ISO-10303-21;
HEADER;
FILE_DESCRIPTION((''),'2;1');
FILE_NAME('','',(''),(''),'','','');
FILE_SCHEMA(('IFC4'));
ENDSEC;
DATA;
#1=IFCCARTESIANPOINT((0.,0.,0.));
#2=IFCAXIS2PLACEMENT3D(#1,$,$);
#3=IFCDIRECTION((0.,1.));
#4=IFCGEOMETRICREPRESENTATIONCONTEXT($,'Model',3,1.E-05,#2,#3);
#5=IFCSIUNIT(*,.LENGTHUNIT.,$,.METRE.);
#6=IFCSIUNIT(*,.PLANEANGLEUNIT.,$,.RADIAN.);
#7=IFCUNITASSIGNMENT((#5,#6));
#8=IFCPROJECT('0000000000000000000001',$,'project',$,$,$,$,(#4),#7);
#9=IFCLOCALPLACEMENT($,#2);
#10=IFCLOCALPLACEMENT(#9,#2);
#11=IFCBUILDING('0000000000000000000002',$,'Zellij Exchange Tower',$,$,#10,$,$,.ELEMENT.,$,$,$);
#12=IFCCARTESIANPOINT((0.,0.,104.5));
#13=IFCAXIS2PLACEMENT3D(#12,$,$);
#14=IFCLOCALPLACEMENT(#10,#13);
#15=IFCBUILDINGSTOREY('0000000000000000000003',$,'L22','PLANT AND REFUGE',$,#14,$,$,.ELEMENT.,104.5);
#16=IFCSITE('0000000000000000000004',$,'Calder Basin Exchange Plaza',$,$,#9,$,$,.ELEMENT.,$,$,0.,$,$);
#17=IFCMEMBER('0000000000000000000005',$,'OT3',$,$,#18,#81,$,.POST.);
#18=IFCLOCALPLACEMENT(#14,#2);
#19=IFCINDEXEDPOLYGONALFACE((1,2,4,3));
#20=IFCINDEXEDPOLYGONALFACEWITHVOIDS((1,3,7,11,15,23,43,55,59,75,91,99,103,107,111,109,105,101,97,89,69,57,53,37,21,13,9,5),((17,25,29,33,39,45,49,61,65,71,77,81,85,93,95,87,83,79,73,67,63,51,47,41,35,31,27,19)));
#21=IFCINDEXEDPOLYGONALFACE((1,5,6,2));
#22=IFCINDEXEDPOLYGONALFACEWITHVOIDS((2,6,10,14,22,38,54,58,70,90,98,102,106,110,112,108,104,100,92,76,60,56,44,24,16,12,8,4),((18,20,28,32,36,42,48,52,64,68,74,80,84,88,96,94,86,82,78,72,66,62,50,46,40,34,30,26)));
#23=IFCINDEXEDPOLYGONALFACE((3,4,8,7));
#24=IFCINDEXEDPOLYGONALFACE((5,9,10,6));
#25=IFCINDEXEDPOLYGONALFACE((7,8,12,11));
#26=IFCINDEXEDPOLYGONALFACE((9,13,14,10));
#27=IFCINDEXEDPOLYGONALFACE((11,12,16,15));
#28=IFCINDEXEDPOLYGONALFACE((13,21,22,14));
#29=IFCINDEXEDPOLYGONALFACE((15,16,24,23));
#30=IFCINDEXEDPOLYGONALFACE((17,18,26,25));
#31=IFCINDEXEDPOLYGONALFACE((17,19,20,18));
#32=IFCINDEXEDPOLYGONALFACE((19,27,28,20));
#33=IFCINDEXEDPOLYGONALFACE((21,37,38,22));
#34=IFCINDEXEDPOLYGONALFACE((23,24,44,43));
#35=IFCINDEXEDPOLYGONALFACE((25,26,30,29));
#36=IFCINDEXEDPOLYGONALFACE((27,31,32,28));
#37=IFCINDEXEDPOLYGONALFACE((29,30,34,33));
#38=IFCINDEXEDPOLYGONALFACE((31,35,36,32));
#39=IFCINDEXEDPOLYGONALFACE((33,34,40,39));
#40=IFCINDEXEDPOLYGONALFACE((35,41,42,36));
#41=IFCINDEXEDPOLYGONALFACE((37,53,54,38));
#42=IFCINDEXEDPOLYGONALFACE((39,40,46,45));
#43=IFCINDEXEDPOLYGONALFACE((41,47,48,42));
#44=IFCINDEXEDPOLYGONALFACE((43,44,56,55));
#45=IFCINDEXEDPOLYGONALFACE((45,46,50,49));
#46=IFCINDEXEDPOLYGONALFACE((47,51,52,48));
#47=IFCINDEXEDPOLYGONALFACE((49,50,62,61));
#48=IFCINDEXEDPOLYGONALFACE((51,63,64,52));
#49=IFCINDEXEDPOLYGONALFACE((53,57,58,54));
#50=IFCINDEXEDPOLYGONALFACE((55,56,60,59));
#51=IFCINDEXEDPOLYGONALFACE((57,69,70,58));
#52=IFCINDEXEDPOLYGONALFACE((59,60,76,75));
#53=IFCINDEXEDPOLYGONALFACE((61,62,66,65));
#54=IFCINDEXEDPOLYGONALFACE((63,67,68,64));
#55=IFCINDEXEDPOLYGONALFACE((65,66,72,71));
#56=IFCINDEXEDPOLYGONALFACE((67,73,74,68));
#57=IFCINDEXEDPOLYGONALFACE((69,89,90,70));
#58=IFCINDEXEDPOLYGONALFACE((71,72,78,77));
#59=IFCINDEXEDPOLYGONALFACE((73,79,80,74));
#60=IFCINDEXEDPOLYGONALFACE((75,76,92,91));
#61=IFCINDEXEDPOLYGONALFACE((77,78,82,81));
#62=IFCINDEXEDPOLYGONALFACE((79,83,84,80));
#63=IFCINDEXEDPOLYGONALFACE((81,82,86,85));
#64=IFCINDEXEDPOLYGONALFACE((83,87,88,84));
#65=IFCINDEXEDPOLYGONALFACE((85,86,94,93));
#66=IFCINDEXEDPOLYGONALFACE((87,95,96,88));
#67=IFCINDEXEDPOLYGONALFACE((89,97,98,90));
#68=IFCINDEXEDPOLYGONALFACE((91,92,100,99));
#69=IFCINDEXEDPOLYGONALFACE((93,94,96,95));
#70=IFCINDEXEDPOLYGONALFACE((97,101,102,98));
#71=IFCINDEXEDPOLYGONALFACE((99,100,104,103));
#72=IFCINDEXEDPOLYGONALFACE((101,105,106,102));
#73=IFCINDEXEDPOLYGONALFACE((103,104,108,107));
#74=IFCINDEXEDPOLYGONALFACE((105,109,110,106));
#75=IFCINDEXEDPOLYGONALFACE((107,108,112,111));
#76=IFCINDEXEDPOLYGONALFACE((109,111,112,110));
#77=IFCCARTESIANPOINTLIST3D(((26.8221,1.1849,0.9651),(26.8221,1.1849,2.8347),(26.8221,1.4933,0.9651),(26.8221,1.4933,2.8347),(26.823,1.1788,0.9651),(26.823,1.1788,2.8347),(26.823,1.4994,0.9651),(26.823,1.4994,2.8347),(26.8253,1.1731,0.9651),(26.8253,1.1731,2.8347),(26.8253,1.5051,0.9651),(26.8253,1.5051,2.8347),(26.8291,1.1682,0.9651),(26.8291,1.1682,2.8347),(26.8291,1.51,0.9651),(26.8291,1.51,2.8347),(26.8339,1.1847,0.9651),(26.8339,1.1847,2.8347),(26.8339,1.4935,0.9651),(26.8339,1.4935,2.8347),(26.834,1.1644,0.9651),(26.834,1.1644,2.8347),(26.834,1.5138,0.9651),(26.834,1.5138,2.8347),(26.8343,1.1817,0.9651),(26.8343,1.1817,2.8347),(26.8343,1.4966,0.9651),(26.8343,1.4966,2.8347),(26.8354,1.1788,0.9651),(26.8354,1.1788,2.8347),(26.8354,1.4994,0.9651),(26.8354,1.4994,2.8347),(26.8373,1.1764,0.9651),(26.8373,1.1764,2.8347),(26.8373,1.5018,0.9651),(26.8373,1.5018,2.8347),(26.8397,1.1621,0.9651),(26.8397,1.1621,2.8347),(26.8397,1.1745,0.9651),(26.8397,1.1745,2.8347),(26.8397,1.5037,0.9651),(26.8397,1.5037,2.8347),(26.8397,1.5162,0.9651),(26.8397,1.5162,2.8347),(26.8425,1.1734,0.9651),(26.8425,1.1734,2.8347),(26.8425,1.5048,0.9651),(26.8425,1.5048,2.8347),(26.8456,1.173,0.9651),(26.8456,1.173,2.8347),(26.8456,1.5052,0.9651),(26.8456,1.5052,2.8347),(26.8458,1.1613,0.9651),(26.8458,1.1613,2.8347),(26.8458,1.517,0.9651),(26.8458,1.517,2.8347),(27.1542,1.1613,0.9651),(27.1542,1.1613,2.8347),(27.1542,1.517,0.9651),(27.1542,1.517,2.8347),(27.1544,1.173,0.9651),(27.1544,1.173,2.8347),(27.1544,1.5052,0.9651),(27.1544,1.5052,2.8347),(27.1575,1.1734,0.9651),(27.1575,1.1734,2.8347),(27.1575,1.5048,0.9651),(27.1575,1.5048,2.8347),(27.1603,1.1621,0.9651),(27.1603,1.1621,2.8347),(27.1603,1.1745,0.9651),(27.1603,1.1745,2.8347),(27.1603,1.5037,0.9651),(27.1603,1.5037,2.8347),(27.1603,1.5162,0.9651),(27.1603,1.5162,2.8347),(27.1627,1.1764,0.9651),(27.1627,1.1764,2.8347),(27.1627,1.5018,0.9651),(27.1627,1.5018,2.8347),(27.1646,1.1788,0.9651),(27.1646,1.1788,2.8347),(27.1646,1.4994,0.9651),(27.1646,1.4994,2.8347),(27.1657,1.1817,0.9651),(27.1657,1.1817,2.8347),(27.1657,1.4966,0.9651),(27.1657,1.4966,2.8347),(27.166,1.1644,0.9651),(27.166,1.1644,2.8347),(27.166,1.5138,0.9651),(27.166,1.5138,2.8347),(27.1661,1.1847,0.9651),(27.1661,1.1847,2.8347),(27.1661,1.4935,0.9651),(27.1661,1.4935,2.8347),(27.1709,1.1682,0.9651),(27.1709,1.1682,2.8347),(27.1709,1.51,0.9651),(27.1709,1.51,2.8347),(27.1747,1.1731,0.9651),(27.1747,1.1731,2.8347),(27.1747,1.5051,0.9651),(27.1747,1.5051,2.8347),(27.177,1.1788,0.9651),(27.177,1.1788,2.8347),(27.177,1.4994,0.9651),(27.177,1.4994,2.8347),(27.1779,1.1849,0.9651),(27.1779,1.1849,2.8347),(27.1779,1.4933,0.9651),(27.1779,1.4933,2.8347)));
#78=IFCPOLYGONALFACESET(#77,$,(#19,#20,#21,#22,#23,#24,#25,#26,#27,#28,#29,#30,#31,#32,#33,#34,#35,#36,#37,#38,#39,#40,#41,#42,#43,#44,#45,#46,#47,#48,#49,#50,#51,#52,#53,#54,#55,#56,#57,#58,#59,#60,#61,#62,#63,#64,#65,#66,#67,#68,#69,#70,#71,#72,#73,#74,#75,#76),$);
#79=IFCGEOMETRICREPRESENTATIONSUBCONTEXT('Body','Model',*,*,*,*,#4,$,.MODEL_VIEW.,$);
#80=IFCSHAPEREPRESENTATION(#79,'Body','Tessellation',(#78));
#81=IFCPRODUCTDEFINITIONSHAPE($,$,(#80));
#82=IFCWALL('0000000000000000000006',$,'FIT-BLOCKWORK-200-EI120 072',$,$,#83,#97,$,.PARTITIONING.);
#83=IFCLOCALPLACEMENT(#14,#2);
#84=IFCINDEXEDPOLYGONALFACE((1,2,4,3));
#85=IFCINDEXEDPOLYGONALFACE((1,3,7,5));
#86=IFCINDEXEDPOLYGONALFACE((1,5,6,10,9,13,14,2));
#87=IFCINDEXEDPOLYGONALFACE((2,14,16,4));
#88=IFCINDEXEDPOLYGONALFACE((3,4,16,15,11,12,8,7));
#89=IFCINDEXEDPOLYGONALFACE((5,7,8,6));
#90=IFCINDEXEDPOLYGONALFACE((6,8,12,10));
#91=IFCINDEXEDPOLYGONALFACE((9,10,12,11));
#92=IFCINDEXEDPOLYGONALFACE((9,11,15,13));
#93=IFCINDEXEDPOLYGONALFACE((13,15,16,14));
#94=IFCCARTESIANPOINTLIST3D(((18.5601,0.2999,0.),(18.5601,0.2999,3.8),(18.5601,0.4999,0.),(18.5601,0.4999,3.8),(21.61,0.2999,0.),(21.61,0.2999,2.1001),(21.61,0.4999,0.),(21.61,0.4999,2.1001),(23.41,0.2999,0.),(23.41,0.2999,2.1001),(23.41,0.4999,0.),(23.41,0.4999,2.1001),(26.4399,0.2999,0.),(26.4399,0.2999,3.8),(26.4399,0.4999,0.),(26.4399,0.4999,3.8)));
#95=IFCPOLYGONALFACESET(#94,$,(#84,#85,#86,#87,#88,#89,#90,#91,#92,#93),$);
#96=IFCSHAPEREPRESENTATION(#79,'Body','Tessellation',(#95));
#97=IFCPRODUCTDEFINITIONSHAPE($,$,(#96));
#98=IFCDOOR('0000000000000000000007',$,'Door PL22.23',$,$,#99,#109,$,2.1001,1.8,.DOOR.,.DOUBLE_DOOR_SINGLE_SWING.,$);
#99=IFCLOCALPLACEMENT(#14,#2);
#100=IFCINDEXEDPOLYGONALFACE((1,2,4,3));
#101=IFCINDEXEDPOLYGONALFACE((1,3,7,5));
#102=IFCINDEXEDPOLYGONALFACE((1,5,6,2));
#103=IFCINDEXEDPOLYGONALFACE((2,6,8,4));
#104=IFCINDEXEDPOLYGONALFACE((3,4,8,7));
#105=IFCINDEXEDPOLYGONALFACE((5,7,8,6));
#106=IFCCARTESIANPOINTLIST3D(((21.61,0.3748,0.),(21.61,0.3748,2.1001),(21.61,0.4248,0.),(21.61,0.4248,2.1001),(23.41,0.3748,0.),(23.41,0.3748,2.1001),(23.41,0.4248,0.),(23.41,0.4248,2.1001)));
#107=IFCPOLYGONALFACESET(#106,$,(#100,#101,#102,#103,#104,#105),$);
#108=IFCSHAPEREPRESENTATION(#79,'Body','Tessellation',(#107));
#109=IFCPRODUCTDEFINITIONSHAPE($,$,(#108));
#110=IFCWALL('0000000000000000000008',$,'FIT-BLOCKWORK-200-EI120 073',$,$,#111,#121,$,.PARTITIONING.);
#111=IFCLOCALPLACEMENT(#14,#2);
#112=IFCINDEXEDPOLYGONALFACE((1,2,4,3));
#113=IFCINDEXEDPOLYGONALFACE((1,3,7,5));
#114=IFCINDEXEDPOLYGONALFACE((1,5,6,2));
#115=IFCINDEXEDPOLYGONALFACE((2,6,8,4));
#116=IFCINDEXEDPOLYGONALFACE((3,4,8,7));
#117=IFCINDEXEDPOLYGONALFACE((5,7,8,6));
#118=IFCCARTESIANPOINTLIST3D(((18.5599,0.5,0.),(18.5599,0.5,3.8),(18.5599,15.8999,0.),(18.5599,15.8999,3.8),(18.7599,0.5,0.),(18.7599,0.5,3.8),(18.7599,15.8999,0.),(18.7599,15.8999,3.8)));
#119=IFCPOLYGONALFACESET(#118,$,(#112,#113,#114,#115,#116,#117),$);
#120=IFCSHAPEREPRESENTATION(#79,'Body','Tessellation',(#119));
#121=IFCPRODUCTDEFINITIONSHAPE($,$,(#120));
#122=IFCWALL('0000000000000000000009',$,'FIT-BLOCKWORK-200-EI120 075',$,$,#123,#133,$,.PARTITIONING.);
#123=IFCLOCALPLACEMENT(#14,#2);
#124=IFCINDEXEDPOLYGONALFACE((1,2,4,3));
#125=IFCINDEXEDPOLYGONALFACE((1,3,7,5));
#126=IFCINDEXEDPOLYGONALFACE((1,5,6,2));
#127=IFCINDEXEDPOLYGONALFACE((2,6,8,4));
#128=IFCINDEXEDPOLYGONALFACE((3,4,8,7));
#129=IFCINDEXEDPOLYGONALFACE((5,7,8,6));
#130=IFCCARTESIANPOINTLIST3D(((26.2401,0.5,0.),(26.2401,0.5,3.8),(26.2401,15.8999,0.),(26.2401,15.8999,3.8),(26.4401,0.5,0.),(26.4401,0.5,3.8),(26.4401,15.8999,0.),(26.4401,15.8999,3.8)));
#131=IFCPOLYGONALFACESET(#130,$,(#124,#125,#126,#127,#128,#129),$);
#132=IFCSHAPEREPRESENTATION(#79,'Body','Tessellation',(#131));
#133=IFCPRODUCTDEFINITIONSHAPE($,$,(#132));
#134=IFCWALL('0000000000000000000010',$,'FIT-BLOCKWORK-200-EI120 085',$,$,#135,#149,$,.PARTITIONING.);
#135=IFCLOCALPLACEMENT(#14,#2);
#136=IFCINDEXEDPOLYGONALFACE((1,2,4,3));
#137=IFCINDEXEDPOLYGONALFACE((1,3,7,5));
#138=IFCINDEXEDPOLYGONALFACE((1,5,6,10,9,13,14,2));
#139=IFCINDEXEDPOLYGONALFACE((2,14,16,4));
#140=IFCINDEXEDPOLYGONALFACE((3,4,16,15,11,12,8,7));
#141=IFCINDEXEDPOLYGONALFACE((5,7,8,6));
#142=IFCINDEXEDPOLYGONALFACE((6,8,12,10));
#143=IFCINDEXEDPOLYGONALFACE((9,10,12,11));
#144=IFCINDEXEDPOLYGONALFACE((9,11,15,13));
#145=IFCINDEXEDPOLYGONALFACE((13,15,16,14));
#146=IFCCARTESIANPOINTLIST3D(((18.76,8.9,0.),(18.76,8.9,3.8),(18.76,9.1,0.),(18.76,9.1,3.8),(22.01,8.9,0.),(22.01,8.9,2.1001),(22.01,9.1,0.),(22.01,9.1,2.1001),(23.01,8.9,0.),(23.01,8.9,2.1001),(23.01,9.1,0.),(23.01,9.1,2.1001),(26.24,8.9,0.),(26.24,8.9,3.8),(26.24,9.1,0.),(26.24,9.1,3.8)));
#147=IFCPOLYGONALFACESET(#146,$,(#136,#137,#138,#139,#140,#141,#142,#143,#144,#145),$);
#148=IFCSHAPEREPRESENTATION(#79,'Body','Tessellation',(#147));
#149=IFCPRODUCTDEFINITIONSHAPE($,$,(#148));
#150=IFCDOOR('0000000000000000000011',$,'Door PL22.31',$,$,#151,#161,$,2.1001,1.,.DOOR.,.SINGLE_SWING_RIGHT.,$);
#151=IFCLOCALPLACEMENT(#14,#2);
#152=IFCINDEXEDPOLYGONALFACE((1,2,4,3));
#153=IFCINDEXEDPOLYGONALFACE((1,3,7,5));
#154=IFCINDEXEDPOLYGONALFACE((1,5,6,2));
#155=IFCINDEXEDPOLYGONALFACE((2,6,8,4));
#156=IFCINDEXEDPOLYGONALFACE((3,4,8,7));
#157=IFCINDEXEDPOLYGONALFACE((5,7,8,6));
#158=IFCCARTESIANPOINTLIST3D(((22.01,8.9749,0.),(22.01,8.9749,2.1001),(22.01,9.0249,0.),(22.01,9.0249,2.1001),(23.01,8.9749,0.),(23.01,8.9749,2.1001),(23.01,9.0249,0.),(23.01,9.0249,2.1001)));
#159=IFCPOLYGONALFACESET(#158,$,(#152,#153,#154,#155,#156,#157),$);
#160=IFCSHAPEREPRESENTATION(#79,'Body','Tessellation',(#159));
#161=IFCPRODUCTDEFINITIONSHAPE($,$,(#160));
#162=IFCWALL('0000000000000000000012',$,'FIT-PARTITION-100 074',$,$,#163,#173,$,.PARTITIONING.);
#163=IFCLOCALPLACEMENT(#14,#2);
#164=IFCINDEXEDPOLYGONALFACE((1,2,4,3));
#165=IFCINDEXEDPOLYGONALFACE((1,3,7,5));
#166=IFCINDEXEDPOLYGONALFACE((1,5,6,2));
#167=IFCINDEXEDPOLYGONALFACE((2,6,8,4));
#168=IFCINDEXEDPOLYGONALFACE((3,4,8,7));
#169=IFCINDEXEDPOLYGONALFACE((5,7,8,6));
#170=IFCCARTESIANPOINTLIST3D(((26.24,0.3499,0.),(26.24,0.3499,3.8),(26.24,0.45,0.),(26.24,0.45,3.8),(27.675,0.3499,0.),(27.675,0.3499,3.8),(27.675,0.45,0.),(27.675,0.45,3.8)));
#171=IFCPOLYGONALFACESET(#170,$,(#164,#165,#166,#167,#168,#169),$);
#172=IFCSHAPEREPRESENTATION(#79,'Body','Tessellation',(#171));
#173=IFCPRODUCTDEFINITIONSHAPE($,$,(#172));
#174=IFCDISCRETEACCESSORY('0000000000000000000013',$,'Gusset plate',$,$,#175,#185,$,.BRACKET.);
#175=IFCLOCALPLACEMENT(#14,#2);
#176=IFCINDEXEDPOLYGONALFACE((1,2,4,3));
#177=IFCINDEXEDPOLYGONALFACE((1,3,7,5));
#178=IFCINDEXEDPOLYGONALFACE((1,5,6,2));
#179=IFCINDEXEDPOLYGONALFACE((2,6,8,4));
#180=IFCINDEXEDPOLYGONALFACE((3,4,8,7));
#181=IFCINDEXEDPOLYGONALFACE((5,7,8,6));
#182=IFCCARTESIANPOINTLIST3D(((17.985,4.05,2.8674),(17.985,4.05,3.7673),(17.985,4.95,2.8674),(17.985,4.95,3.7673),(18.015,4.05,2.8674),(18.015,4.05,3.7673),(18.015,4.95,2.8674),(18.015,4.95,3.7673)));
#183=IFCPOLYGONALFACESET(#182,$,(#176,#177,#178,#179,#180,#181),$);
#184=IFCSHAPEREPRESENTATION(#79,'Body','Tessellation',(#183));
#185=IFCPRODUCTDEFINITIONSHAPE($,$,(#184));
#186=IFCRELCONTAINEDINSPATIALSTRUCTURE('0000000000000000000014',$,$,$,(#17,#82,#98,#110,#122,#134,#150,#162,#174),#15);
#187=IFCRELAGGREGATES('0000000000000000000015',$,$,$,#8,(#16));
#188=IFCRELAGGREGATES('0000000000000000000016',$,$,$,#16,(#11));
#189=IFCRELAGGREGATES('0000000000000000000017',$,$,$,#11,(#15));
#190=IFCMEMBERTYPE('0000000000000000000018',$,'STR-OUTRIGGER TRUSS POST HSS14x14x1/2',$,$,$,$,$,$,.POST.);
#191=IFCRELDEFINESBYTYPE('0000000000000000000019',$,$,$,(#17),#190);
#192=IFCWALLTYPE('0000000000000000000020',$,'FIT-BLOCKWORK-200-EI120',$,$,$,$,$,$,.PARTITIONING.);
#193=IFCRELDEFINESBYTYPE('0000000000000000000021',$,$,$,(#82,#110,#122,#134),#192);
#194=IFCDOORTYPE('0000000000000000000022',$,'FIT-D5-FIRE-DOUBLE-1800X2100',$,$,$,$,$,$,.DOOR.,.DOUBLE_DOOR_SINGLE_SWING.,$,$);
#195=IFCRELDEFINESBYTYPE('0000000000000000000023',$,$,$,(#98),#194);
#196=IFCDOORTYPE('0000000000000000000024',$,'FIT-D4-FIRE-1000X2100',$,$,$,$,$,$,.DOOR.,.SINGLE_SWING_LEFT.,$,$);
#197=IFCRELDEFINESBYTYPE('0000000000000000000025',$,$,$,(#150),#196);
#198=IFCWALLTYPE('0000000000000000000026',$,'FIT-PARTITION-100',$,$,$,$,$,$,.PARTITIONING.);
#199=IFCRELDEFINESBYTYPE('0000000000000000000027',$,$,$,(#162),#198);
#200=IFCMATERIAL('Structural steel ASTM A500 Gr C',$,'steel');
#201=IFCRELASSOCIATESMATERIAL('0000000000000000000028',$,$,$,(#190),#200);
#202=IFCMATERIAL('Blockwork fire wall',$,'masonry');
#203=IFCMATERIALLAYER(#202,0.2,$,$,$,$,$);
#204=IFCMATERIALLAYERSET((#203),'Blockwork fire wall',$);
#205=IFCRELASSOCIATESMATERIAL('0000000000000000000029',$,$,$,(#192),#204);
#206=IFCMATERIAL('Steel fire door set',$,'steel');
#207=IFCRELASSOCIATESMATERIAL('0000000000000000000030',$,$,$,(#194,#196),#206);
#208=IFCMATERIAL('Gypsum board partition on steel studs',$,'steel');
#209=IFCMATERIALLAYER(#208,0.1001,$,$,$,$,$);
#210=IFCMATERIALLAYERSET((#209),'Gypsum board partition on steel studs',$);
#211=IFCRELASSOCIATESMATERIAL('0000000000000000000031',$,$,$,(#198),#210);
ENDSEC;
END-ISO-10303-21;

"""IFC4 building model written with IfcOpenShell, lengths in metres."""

from ifc_helpers import new_model, si_unit, direction, frame, frame_2d, origin, origin_2d, place, context, subcontext, project, spatial, rectangle, hollow_rectangle, extrude, material, layer, layer_set, material_profile, profile_set, type_object, element, fill, save


model = new_model("IFC4")

# Units and contexts
model_context = context("Model", 3, precision=1e-05, world=origin(), true_north=direction((0.0, 1.0)))
body_context = subcontext(model_context, "Body", "Model", "MODEL_VIEW")
ifc_project = project(units=[si_unit("LENGTHUNIT", "METRE"), si_unit("PLANEANGLEUNIT", "RADIAN")], contexts=[model_context])

# Site, building, storey
site_placement = place(None, origin())
site = spatial("IfcSite", under=ifc_project, at=site_placement, Name="Calder Basin Exchange Plaza", CompositionType="ELEMENT", RefElevation=0.0)
building_placement = place(site_placement, origin())
building = spatial("IfcBuilding", under=site, at=building_placement, Name="Zellij Exchange Tower", CompositionType="ELEMENT")
storey_placement = place(building_placement, frame((0.0, 0.0, 104.5)))
storey = spatial("IfcBuildingStorey", under=building, at=storey_placement, Name="L22", Description="PLANT AND REFUGE", CompositionType="ELEMENT", Elevation=104.5)

# Member
ifc_material_1 = material(Name="Structural steel ASTM A500 Gr C", Category="steel")
ifc_material_profile_1 = material_profile(ifc_material_1, hollow_rectangle(XDim=0.3557, YDim=0.3557, WallThickness=0.0117, InnerFilletRadius=0.0117, OuterFilletRadius=0.0237, at=origin_2d()), Name="STR-OUTRIGGER TRUSS POST HSS14x14x1/2")
ifc_profile_set_1 = profile_set([ifc_material_profile_1], Name="Structural steel ASTM A500 Gr C")
member_type_1 = type_object("IfcMemberType", Name="STR-OUTRIGGER TRUSS POST HSS14x14x1/2", PredefinedType="POST", material=ifc_profile_set_1)
for number, where, z_axis, x_axis, name in (
    (1, (27.0, 1.3391, 0.9651), (0.0, 0.0, 1.0), (1.0, 0.0, 0.0), "OT3"),
):
    element("IfcMember", number, at=place(storey_placement, frame(where, z_axis=z_axis, x_axis=x_axis)), inside=storey, type_object=member_type_1, Name=name, PredefinedType="POST", context=body_context, shape_type="SweptSolid", body=[
        extrude(hollow_rectangle(XDim=0.3557, YDim=0.3557, WallThickness=0.0117, InnerFilletRadius=0.0117, OuterFilletRadius=0.0237, at=origin_2d()), origin(), (0.0, 0.0, 1.0), 1.8696),
    ])

# Wall, opening, door
ifc_material_2 = material(Name="Blockwork fire wall", Category="masonry")
ifc_layer_1 = layer(ifc_material_2, 0.2)
ifc_layer_set_1 = layer_set([ifc_layer_1], Name="Blockwork fire wall")
wall_type_1 = type_object("IfcWallType", Name="FIT-BLOCKWORK-200-EI120", PredefinedType="PARTITIONING", material=ifc_layer_set_1)
wall_1_placement = place(storey_placement, frame((18.5601, 0.3999, 0.0), z_axis=(0.0, 0.0, 1.0), x_axis=(1.0, 0.0, 0.0)))
wall_1 = element("IfcWall", 2, at=wall_1_placement, inside=storey, type_object=wall_type_1, Name="FIT-BLOCKWORK-200-EI120 072", PredefinedType="PARTITIONING", context=body_context, shape_type="SweptSolid", body=[
    extrude(rectangle(XDim=7.8799, YDim=0.2, at=frame_2d((3.9399, 0.0))), origin(), (0.0, 0.0, 1.0), 3.8),
])
opening_1_placement = place(wall_1_placement, frame((3.05, 0.0, 0.0)))
opening_1 = element("IfcOpeningElement", 3, at=opening_1_placement, cuts=wall_1, PredefinedType="OPENING", context=body_context, shape_type="SweptSolid", body=[
    extrude(rectangle(XDim=1.8, YDim=2.1001, at=frame_2d((0.8999, 1.05))), frame((0.0, 0.1118, 0.0), z_axis=(0.0, -1.0, 0.0), x_axis=(1.0, 0.0, 0.0)), (0.0, 0.0, 1.0), 0.2239),
])
ifc_material_3 = material(Name="Steel fire door set", Category="steel")
door_type_1 = type_object("IfcDoorType", Name="FIT-D5-FIRE-DOUBLE-1800X2100", OperationType="DOUBLE_DOOR_SINGLE_SWING", PredefinedType="DOOR", material=ifc_material_3)
door_1_placement = place(opening_1_placement, origin())
door_1 = element("IfcDoor", 4, at=door_1_placement, inside=storey, type_object=door_type_1, Name="Door PL22.23", OperationType="DOUBLE_DOOR_SINGLE_SWING", OverallHeight=2.1001, OverallWidth=1.8, PredefinedType="DOOR", context=body_context, shape_type="SweptSolid", body=[
    extrude(rectangle(XDim=1.8, YDim=2.1001, at=frame_2d((0.8999, 1.05))), frame((0.0, 0.0249, 0.0), z_axis=(0.0, -1.0, 0.0), x_axis=(1.0, 0.0, 0.0)), (0.0, 0.0, 1.0), 0.05),
])
fill(opening_1, door_1)

# Walls
for number, where, z_axis, x_axis, name in (
    (5, (18.6599, 0.5, 0.0), (0.0, 0.0, 1.0), (0.0, 1.0, 0.0), "FIT-BLOCKWORK-200-EI120 073"),
    (6, (26.3401, 0.5, 0.0), (0.0, 0.0, 1.0), (0.0, 1.0, 0.0), "FIT-BLOCKWORK-200-EI120 075"),
):
    element("IfcWall", number, at=place(storey_placement, frame(where, z_axis=z_axis, x_axis=x_axis)), inside=storey, type_object=wall_type_1, Name=name, PredefinedType="PARTITIONING", context=body_context, shape_type="SweptSolid", body=[
        extrude(rectangle(XDim=15.3999, YDim=0.2, at=frame_2d((7.7, 0.0))), origin(), (0.0, 0.0, 1.0), 3.8),
    ])

# Wall, opening, door
wall_2_placement = place(storey_placement, frame((18.76, 9.0, 0.0), z_axis=(0.0, 0.0, 1.0), x_axis=(1.0, 0.0, 0.0)))
wall_2 = element("IfcWall", 7, at=wall_2_placement, inside=storey, type_object=wall_type_1, Name="FIT-BLOCKWORK-200-EI120 085", PredefinedType="PARTITIONING", context=body_context, shape_type="SweptSolid", body=[
    extrude(rectangle(XDim=7.48, YDim=0.2, at=frame_2d((3.74, 0.0))), origin(), (0.0, 0.0, 1.0), 3.8),
])
opening_2_placement = place(wall_2_placement, frame((3.25, 0.0, 0.0)))
opening_2 = element("IfcOpeningElement", 8, at=opening_2_placement, cuts=wall_2, PredefinedType="OPENING", context=body_context, shape_type="SweptSolid", body=[
    extrude(rectangle(XDim=1.0, YDim=2.1001, at=frame_2d((0.5, 1.05))), frame((0.0, 0.1118, 0.0), z_axis=(0.0, -1.0, 0.0), x_axis=(1.0, 0.0, 0.0)), (0.0, 0.0, 1.0), 0.2239),
])
door_type_2 = type_object("IfcDoorType", Name="FIT-D4-FIRE-1000X2100", OperationType="SINGLE_SWING_LEFT", PredefinedType="DOOR", material=ifc_material_3)
door_2_placement = place(opening_2_placement, origin())
door_2 = element("IfcDoor", 9, at=door_2_placement, inside=storey, type_object=door_type_2, Name="Door PL22.31", OperationType="SINGLE_SWING_RIGHT", OverallHeight=2.1001, OverallWidth=1.0, PredefinedType="DOOR", context=body_context, shape_type="SweptSolid", body=[
    extrude(rectangle(XDim=1.0, YDim=2.1001, at=frame_2d((0.5, 1.05))), frame((0.0, 0.0249, 0.0), z_axis=(0.0, -1.0, 0.0), x_axis=(1.0, 0.0, 0.0)), (0.0, 0.0, 1.0), 0.05),
])
fill(opening_2, door_2)

# Wall
ifc_material_4 = material(Name="Gypsum board partition on steel studs", Category="steel")
ifc_layer_2 = layer(ifc_material_4, 0.1001)
ifc_layer_set_2 = layer_set([ifc_layer_2], Name="Gypsum board partition on steel studs")
wall_type_2 = type_object("IfcWallType", Name="FIT-PARTITION-100", PredefinedType="PARTITIONING", material=ifc_layer_set_2)
wall_3_placement = place(storey_placement, frame((26.24, 0.3999, 0.0), z_axis=(0.0, 0.0, 1.0), x_axis=(1.0, 0.0, 0.0)))
element("IfcWall", 10, at=wall_3_placement, inside=storey, type_object=wall_type_2, Name="FIT-PARTITION-100 074", PredefinedType="PARTITIONING", context=body_context, shape_type="SweptSolid", body=[
    extrude(rectangle(XDim=1.4351, YDim=0.1001, at=frame_2d((0.7175, 0.0))), origin(), (0.0, 0.0, 1.0), 3.8),
])

# Discrete accessory
for number, where, z_axis, x_axis, name in (
    (11, (18.0, 4.5, 2.8674), (0.0, 0.0, 1.0), (0.0, 1.0, 0.0), "Gusset plate"),
):
    element("IfcDiscreteAccessory", number, at=place(storey_placement, frame(where, z_axis=z_axis, x_axis=x_axis)), inside=storey, Name=name, PredefinedType="BRACKET", context=body_context, shape_type="SweptSolid", body=[
        extrude(rectangle(XDim=0.8999, YDim=0.03, at=origin_2d()), origin(), (0.0, 0.0, 1.0), 0.8999),
    ])

save(model, "model.ifc")
